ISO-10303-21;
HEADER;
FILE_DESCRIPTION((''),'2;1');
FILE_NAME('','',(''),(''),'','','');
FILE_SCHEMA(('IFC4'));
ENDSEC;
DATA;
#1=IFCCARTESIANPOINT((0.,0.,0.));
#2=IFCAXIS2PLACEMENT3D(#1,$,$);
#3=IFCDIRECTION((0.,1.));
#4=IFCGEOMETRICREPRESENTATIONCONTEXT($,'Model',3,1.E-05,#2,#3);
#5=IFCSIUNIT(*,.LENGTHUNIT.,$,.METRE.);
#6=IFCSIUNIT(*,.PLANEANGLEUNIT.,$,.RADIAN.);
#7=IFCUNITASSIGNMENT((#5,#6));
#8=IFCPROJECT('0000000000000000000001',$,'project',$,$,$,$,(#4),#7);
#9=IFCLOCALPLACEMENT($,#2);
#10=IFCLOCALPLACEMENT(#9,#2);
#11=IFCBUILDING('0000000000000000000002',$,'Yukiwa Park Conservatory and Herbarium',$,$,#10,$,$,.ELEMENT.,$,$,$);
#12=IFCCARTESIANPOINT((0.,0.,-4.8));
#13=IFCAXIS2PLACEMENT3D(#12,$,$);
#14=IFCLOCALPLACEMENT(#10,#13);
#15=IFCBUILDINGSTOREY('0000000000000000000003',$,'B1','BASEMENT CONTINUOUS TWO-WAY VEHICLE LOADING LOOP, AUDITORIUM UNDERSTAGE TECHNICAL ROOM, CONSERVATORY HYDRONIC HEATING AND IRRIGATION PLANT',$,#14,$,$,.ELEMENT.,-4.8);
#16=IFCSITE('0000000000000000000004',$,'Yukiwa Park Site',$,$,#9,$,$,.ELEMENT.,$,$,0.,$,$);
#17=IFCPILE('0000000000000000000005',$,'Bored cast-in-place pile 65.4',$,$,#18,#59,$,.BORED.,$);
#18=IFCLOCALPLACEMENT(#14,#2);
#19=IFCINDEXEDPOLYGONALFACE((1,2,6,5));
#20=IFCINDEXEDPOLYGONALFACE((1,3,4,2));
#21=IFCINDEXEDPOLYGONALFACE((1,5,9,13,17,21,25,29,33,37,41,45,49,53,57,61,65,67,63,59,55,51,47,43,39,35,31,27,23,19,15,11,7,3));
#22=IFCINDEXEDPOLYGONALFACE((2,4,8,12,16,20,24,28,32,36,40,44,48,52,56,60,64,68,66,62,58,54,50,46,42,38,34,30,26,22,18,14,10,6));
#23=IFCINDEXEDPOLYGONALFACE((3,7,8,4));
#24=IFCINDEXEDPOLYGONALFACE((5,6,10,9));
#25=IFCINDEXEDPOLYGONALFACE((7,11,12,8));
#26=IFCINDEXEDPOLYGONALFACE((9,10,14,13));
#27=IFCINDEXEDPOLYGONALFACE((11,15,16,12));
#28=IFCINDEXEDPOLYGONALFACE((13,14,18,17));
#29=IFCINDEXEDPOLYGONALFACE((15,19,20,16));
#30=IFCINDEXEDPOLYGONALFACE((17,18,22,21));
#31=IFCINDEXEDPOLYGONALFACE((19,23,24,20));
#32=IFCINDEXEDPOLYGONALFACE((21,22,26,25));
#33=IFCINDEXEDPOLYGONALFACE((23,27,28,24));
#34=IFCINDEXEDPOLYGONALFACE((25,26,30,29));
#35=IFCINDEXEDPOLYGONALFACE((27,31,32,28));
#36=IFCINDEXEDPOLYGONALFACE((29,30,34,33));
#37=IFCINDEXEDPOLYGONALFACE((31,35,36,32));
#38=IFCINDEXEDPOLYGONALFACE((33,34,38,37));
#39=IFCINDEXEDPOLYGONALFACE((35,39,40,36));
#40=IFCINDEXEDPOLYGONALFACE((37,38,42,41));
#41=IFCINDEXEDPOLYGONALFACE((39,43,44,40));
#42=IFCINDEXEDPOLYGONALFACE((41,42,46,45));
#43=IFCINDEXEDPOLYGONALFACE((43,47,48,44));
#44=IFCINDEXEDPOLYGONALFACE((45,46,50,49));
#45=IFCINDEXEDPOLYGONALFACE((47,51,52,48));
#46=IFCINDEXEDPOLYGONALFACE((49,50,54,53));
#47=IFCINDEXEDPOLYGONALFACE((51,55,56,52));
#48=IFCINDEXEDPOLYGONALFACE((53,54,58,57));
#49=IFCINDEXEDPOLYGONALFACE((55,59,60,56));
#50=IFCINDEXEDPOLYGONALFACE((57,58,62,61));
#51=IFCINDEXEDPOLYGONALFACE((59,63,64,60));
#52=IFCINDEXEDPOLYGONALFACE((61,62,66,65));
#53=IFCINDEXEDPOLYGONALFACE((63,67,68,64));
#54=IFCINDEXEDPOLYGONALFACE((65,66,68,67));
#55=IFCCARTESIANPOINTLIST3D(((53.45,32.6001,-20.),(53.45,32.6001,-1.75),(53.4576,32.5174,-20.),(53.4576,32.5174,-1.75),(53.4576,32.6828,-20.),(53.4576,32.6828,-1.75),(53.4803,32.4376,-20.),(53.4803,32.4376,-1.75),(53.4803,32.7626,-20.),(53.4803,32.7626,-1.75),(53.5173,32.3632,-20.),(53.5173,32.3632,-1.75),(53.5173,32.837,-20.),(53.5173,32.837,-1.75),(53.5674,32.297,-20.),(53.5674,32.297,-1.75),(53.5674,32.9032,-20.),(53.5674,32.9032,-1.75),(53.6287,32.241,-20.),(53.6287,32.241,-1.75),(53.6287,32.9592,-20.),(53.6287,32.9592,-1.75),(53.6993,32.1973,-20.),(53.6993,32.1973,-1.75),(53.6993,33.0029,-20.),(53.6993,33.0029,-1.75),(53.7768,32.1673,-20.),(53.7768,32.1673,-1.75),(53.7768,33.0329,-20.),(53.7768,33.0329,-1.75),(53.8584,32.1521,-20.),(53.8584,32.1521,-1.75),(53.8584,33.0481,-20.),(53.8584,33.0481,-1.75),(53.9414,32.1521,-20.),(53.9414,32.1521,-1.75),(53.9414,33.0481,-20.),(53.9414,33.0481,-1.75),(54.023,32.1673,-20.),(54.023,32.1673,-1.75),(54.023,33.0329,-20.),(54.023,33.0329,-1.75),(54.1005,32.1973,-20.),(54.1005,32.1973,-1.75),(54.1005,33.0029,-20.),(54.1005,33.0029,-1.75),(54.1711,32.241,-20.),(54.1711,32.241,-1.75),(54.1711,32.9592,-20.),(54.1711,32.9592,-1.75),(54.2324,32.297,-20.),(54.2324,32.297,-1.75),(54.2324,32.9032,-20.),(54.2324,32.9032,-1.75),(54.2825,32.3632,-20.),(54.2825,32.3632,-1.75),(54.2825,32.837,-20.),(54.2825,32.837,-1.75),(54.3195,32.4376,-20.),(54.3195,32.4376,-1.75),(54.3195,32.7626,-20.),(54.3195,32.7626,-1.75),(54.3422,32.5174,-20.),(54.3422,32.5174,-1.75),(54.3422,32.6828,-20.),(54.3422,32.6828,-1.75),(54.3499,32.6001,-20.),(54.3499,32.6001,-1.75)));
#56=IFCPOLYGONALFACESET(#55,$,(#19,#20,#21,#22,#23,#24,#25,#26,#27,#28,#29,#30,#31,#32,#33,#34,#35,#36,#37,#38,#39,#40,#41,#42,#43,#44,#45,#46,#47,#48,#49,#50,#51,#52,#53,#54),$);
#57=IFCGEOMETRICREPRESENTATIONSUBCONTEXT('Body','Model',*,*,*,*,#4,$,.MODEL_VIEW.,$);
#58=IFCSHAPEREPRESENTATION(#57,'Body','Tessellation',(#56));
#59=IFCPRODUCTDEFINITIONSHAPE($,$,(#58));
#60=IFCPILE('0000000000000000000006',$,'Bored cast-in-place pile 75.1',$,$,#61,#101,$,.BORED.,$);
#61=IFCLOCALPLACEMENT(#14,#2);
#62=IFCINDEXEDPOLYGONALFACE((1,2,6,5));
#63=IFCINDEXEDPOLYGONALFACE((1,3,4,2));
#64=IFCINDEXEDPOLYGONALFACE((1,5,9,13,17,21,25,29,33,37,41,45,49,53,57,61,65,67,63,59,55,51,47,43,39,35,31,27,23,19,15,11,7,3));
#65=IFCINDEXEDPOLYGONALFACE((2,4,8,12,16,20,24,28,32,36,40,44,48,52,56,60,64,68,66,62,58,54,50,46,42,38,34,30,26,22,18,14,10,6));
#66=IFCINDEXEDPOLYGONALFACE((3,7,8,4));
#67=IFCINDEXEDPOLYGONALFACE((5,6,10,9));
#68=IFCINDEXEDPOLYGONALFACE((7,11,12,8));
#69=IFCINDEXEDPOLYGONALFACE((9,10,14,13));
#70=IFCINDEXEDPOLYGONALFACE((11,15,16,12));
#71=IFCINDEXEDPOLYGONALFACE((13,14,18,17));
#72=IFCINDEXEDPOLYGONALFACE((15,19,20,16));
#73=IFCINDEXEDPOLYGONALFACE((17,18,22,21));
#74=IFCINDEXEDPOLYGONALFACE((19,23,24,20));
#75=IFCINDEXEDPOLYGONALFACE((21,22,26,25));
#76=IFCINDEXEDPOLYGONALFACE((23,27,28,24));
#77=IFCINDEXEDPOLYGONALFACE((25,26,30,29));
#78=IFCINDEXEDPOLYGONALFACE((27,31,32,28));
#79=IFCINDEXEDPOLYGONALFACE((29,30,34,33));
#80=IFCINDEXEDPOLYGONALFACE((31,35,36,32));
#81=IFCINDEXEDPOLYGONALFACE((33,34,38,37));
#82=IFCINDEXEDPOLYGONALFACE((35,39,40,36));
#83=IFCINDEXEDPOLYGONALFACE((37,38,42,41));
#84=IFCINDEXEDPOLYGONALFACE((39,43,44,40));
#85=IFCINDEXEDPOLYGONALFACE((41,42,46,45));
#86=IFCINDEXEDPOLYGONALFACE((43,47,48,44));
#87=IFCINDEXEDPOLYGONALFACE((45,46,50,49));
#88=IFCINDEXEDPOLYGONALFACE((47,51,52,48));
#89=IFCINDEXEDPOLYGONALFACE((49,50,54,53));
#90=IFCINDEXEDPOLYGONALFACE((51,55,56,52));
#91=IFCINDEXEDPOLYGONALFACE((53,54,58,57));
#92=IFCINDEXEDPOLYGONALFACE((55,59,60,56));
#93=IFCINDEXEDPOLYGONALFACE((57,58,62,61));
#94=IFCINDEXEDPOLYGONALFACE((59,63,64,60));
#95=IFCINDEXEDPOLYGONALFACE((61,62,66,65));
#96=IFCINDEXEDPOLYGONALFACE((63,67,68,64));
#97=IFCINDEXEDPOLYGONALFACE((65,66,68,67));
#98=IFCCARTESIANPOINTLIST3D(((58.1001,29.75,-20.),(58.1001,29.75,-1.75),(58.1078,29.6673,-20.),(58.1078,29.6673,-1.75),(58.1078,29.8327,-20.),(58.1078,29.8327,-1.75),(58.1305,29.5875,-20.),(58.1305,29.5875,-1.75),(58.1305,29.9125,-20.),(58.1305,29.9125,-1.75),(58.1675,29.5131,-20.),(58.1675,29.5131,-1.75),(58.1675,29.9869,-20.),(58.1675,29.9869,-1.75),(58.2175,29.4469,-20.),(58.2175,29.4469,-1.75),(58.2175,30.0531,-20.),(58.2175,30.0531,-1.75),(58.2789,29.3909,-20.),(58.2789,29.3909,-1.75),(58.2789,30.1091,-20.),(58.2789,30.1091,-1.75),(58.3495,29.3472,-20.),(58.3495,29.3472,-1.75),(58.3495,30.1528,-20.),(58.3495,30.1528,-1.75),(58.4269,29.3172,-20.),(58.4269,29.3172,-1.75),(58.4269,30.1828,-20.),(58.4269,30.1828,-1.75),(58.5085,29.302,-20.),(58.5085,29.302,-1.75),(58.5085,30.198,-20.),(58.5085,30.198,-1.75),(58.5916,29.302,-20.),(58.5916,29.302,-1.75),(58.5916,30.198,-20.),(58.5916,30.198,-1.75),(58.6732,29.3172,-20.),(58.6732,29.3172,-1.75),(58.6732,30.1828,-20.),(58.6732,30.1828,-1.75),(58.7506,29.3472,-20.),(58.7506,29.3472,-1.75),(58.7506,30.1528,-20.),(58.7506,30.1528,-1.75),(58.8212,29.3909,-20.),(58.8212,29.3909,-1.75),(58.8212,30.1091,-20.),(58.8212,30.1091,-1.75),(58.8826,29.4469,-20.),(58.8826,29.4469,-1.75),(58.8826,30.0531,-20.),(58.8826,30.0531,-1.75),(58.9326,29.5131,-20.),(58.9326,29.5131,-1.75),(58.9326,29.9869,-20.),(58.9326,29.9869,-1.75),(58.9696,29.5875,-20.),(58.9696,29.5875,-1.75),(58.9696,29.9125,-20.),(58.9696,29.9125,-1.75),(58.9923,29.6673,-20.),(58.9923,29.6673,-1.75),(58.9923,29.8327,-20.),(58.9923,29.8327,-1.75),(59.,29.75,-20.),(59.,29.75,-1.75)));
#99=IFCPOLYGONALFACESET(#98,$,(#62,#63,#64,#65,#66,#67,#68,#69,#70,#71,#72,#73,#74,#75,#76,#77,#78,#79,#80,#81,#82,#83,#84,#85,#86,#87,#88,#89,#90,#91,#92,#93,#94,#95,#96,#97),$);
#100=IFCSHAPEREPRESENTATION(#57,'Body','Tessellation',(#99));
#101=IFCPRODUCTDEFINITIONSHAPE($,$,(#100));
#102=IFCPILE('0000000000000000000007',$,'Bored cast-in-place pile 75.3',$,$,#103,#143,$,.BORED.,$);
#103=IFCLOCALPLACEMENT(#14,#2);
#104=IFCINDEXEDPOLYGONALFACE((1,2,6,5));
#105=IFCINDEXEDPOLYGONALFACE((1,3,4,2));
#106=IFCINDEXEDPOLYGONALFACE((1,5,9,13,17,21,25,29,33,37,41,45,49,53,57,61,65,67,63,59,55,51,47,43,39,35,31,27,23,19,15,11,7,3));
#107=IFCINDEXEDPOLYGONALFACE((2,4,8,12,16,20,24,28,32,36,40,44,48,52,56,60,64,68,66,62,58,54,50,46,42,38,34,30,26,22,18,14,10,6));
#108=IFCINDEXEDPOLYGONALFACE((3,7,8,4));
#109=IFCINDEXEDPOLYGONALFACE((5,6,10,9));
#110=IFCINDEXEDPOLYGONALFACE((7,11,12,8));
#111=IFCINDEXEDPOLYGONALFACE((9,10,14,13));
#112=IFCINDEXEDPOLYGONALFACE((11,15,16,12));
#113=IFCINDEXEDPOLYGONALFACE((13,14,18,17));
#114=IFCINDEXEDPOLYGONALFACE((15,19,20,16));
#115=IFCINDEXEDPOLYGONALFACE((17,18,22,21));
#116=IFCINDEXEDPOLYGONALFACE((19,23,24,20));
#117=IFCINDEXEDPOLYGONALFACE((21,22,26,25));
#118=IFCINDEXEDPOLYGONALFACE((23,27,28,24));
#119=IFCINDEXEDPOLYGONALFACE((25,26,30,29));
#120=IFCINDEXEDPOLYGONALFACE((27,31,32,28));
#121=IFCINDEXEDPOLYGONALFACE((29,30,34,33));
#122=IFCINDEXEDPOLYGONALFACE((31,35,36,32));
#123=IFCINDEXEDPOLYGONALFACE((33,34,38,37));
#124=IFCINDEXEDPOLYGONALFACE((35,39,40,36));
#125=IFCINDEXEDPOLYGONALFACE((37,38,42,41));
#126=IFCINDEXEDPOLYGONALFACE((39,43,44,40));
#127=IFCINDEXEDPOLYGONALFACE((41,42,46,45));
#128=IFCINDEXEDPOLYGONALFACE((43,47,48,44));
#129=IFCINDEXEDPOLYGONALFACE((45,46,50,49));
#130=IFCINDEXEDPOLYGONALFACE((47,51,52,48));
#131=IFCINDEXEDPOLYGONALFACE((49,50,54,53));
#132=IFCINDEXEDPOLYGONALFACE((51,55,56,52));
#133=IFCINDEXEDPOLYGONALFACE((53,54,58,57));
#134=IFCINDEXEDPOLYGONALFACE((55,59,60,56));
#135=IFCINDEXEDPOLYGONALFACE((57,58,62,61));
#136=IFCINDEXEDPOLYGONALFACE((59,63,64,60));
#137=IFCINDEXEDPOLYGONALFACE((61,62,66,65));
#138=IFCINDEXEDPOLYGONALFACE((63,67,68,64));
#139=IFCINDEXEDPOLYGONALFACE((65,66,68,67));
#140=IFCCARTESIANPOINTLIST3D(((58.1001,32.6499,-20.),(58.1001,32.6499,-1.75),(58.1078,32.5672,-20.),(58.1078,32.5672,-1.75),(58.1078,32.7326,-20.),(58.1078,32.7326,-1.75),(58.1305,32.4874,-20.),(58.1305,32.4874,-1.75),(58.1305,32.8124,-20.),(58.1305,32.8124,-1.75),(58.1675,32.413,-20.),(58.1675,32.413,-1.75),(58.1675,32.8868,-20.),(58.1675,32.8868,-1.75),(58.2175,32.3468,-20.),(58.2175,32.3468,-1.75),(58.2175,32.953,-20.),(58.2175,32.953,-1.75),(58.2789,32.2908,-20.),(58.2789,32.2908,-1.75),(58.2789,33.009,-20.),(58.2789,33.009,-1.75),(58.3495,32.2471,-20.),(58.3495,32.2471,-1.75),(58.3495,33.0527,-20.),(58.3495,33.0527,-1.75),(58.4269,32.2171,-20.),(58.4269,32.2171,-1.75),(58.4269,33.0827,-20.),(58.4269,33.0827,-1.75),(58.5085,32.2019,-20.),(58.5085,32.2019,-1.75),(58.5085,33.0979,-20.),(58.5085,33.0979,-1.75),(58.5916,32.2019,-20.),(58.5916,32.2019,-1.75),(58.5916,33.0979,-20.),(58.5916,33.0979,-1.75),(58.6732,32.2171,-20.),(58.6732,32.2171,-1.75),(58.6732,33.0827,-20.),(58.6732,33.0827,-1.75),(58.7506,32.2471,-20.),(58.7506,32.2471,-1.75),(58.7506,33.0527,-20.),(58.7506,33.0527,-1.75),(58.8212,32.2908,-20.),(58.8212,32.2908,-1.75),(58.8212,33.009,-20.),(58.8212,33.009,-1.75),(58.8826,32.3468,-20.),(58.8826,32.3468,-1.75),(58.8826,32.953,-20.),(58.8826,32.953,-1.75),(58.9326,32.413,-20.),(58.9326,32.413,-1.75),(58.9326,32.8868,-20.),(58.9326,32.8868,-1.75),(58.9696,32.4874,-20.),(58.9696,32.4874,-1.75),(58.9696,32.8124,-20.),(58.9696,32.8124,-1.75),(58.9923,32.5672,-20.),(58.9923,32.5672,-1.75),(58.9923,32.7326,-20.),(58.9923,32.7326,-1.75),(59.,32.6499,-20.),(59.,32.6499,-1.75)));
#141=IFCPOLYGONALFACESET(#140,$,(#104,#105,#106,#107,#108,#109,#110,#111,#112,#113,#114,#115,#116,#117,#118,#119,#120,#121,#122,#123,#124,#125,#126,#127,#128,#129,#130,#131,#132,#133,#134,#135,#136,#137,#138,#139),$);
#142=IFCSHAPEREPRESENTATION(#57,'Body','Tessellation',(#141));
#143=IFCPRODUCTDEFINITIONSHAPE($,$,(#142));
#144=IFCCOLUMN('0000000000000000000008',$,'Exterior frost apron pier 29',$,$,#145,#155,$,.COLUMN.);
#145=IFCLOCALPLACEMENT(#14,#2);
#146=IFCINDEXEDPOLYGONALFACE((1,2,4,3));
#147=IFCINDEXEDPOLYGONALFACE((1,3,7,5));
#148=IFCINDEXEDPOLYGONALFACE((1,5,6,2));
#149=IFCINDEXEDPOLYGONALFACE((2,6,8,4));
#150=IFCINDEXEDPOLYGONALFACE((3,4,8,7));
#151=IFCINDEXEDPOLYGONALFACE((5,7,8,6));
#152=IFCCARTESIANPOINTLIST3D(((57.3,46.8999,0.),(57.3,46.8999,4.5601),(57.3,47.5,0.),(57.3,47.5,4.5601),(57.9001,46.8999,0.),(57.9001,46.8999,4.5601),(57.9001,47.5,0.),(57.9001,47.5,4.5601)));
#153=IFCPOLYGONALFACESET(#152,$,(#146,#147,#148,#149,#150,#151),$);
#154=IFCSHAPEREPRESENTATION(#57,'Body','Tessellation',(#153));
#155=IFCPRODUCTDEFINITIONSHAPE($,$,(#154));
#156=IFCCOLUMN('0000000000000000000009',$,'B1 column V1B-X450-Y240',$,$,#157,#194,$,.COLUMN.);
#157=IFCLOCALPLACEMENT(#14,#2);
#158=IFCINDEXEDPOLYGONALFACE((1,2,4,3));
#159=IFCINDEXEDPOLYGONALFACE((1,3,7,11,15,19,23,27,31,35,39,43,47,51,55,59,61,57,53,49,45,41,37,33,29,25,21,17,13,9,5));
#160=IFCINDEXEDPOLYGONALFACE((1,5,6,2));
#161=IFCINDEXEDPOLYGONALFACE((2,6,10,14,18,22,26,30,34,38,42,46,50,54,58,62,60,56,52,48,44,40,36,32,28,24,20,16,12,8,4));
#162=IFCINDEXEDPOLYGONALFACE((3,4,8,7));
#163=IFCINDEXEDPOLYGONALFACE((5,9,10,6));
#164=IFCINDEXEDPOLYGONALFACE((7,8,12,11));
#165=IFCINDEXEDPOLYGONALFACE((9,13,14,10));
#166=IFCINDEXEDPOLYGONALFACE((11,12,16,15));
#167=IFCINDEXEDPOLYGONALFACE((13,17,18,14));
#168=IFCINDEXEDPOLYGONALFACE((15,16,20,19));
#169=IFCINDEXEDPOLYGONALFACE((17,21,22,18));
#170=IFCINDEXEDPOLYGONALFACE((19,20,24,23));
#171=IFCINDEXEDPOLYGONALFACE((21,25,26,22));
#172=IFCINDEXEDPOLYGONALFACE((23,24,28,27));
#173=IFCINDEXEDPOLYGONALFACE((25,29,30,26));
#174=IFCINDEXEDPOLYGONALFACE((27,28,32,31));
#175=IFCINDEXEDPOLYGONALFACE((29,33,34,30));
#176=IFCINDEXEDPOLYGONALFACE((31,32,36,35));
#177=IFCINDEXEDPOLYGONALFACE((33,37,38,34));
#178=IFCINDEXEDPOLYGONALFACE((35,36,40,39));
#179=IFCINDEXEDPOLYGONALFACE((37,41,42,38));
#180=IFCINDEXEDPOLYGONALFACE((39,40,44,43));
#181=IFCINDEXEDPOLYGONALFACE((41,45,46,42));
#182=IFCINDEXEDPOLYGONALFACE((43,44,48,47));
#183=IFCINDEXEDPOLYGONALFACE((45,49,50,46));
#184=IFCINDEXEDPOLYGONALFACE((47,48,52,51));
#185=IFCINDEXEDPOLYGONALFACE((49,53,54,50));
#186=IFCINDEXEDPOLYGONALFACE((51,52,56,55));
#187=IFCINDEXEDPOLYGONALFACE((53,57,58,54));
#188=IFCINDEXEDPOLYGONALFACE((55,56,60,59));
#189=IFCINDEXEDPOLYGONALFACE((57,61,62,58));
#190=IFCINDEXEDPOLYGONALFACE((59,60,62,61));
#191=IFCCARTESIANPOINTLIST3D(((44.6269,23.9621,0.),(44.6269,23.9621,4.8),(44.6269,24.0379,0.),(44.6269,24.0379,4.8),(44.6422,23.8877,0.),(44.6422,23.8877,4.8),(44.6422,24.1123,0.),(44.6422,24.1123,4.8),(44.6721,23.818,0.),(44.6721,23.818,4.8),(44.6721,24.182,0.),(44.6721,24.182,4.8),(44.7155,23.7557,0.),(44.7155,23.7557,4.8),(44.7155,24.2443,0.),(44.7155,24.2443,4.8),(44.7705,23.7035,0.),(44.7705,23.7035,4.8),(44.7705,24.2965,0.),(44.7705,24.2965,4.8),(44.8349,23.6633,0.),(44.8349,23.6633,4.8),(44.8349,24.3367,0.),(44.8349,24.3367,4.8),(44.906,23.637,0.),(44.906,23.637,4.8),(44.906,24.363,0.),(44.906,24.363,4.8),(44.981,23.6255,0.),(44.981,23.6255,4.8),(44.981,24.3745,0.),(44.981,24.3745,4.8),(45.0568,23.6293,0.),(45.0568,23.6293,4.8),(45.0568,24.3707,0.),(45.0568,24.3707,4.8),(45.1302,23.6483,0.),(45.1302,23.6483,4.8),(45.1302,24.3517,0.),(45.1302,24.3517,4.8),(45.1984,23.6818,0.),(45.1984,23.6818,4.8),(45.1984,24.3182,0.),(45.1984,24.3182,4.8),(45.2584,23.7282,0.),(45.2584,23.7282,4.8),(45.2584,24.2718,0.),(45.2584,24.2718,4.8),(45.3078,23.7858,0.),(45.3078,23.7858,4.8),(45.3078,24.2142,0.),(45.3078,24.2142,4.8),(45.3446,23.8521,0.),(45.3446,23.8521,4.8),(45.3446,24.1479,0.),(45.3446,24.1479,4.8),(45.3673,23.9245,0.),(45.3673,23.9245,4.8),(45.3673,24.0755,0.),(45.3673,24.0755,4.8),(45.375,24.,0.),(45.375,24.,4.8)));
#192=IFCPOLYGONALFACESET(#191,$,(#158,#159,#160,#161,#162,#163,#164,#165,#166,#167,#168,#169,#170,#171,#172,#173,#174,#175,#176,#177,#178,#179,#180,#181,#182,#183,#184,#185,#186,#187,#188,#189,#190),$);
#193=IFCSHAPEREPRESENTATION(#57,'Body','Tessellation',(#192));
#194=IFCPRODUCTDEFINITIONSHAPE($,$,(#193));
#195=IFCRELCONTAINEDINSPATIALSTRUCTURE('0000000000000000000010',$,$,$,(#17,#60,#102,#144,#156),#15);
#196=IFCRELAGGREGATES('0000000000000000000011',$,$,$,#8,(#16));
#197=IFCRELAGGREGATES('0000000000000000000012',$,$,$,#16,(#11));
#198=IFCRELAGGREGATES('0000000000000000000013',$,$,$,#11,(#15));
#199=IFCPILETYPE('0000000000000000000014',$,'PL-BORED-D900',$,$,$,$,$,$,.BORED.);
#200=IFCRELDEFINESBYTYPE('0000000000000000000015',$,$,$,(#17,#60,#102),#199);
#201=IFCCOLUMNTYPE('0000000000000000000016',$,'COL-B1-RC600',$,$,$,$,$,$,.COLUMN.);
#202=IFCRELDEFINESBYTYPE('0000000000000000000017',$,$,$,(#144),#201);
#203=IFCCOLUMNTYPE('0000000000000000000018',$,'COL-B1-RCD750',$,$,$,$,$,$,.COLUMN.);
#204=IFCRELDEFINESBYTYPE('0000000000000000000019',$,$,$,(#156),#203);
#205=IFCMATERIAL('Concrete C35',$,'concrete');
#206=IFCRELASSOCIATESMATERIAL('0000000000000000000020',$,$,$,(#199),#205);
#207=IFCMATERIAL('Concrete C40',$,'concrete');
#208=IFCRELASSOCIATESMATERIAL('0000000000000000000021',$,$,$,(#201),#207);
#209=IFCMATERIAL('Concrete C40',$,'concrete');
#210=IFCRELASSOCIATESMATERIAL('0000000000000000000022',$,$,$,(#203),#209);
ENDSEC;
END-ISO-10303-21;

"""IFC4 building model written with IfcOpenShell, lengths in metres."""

from ifc_helpers import new_model, si_unit, direction, frame, origin, origin_2d, place, context, subcontext, project, spatial, rectangle, circle, extrude, material, material_profile, profile_set, type_object, element, save


model = new_model("IFC4")

# Units and contexts
model_context = context("Model", 3, precision=1e-05, world=origin(), true_north=direction((0.0, 1.0)))
body_context = subcontext(model_context, "Body", "Model", "MODEL_VIEW")
ifc_project = project(units=[si_unit("LENGTHUNIT", "METRE"), si_unit("PLANEANGLEUNIT", "RADIAN")], contexts=[model_context])

# Site, building, storey
site_placement = place(None, origin())
site = spatial("IfcSite", under=ifc_project, at=site_placement, Name="Yukiwa Park Site", CompositionType="ELEMENT", RefElevation=0.0)
building_placement = place(site_placement, origin())
building = spatial("IfcBuilding", under=site, at=building_placement, Name="Yukiwa Park Conservatory and Herbarium", CompositionType="ELEMENT")
storey_placement = place(building_placement, frame((0.0, 0.0, -4.8)))
storey = spatial("IfcBuildingStorey", under=building, at=storey_placement, Name="B1", Description="BASEMENT CONTINUOUS TWO-WAY VEHICLE LOADING LOOP, AUDITORIUM UNDERSTAGE TECHNICAL ROOM, CONSERVATORY HYDRONIC HEATING AND IRRIGATION PLANT", CompositionType="ELEMENT", Elevation=-4.8)

# Piles
ifc_material_1 = material(Name="Concrete C35", Category="concrete")
ifc_material_profile_1 = material_profile(ifc_material_1, circle(Radius=0.45, at=origin_2d()), Name="PILE D900")
ifc_profile_set_1 = profile_set([ifc_material_profile_1], Name="Concrete C35")
pile_type_1 = type_object("IfcPileType", Name="PL-BORED-D900", PredefinedType="BORED", material=ifc_profile_set_1)
for number, where, z_axis, x_axis, name in (
    (1, (53.8999, 32.6001, -1.75), (0.0, 0.0, -1.0), (1.0, 0.0, 0.0), "Bored cast-in-place pile 65.4"),
    (2, (58.55, 29.75, -1.75), (0.0, 0.0, -1.0), (1.0, 0.0, 0.0), "Bored cast-in-place pile 75.1"),
    (3, (58.55, 32.6499, -1.75), (0.0, 0.0, -1.0), (1.0, 0.0, 0.0), "Bored cast-in-place pile 75.3"),
):
    element("IfcPile", number, at=place(storey_placement, frame(where, z_axis=z_axis, x_axis=x_axis)), inside=storey, type_object=pile_type_1, Name=name, PredefinedType="BORED", context=body_context, shape_type="SweptSolid", body=[
        extrude(circle(Radius=0.45, at=origin_2d()), origin(), (0.0, 0.0, 1.0), 18.25),
    ])

# Columns
ifc_material_2 = material(Name="Concrete C40", Category="concrete")
ifc_material_profile_2 = material_profile(ifc_material_2, rectangle(XDim=0.6001, YDim=0.6001, at=origin_2d()), Name="RC 600x600")
ifc_profile_set_2 = profile_set([ifc_material_profile_2], Name="Concrete C40")
column_type_1 = type_object("IfcColumnType", Name="COL-B1-RC600", PredefinedType="COLUMN", material=ifc_profile_set_2)
column_1_placement = place(storey_placement, frame((57.6001, 47.2, 0.0), z_axis=(0.0, 0.0, 1.0), x_axis=(1.0, 0.0, 0.0)))
element("IfcColumn", 4, at=column_1_placement, inside=storey, type_object=column_type_1, Name="Exterior frost apron pier 29", PredefinedType="COLUMN", context=body_context, shape_type="SweptSolid", body=[
    extrude(rectangle(XDim=0.6001, YDim=0.6001, at=origin_2d()), origin(), (0.0, 0.0, 1.0), 4.5601),
])
ifc_material_3 = material(Name="Concrete C40", Category="concrete")
ifc_material_profile_3 = material_profile(ifc_material_3, circle(Radius=0.375, at=origin_2d()), Name="RC D750")
ifc_profile_set_3 = profile_set([ifc_material_profile_3], Name="Concrete C40")
column_type_2 = type_object("IfcColumnType", Name="COL-B1-RCD750", PredefinedType="COLUMN", material=ifc_profile_set_3)
column_2_placement = place(storey_placement, frame((45.0, 24.0, 0.0), z_axis=(0.0, 0.0, 1.0), x_axis=(1.0, 0.0, 0.0)))
element("IfcColumn", 5, at=column_2_placement, inside=storey, type_object=column_type_2, Name="B1 column V1B-X450-Y240", PredefinedType="COLUMN", context=body_context, shape_type="SweptSolid", body=[
    extrude(circle(Radius=0.375, at=origin_2d()), origin(), (0.0, 0.0, 1.0), 4.8),
])

save(model, "model.ifc")
